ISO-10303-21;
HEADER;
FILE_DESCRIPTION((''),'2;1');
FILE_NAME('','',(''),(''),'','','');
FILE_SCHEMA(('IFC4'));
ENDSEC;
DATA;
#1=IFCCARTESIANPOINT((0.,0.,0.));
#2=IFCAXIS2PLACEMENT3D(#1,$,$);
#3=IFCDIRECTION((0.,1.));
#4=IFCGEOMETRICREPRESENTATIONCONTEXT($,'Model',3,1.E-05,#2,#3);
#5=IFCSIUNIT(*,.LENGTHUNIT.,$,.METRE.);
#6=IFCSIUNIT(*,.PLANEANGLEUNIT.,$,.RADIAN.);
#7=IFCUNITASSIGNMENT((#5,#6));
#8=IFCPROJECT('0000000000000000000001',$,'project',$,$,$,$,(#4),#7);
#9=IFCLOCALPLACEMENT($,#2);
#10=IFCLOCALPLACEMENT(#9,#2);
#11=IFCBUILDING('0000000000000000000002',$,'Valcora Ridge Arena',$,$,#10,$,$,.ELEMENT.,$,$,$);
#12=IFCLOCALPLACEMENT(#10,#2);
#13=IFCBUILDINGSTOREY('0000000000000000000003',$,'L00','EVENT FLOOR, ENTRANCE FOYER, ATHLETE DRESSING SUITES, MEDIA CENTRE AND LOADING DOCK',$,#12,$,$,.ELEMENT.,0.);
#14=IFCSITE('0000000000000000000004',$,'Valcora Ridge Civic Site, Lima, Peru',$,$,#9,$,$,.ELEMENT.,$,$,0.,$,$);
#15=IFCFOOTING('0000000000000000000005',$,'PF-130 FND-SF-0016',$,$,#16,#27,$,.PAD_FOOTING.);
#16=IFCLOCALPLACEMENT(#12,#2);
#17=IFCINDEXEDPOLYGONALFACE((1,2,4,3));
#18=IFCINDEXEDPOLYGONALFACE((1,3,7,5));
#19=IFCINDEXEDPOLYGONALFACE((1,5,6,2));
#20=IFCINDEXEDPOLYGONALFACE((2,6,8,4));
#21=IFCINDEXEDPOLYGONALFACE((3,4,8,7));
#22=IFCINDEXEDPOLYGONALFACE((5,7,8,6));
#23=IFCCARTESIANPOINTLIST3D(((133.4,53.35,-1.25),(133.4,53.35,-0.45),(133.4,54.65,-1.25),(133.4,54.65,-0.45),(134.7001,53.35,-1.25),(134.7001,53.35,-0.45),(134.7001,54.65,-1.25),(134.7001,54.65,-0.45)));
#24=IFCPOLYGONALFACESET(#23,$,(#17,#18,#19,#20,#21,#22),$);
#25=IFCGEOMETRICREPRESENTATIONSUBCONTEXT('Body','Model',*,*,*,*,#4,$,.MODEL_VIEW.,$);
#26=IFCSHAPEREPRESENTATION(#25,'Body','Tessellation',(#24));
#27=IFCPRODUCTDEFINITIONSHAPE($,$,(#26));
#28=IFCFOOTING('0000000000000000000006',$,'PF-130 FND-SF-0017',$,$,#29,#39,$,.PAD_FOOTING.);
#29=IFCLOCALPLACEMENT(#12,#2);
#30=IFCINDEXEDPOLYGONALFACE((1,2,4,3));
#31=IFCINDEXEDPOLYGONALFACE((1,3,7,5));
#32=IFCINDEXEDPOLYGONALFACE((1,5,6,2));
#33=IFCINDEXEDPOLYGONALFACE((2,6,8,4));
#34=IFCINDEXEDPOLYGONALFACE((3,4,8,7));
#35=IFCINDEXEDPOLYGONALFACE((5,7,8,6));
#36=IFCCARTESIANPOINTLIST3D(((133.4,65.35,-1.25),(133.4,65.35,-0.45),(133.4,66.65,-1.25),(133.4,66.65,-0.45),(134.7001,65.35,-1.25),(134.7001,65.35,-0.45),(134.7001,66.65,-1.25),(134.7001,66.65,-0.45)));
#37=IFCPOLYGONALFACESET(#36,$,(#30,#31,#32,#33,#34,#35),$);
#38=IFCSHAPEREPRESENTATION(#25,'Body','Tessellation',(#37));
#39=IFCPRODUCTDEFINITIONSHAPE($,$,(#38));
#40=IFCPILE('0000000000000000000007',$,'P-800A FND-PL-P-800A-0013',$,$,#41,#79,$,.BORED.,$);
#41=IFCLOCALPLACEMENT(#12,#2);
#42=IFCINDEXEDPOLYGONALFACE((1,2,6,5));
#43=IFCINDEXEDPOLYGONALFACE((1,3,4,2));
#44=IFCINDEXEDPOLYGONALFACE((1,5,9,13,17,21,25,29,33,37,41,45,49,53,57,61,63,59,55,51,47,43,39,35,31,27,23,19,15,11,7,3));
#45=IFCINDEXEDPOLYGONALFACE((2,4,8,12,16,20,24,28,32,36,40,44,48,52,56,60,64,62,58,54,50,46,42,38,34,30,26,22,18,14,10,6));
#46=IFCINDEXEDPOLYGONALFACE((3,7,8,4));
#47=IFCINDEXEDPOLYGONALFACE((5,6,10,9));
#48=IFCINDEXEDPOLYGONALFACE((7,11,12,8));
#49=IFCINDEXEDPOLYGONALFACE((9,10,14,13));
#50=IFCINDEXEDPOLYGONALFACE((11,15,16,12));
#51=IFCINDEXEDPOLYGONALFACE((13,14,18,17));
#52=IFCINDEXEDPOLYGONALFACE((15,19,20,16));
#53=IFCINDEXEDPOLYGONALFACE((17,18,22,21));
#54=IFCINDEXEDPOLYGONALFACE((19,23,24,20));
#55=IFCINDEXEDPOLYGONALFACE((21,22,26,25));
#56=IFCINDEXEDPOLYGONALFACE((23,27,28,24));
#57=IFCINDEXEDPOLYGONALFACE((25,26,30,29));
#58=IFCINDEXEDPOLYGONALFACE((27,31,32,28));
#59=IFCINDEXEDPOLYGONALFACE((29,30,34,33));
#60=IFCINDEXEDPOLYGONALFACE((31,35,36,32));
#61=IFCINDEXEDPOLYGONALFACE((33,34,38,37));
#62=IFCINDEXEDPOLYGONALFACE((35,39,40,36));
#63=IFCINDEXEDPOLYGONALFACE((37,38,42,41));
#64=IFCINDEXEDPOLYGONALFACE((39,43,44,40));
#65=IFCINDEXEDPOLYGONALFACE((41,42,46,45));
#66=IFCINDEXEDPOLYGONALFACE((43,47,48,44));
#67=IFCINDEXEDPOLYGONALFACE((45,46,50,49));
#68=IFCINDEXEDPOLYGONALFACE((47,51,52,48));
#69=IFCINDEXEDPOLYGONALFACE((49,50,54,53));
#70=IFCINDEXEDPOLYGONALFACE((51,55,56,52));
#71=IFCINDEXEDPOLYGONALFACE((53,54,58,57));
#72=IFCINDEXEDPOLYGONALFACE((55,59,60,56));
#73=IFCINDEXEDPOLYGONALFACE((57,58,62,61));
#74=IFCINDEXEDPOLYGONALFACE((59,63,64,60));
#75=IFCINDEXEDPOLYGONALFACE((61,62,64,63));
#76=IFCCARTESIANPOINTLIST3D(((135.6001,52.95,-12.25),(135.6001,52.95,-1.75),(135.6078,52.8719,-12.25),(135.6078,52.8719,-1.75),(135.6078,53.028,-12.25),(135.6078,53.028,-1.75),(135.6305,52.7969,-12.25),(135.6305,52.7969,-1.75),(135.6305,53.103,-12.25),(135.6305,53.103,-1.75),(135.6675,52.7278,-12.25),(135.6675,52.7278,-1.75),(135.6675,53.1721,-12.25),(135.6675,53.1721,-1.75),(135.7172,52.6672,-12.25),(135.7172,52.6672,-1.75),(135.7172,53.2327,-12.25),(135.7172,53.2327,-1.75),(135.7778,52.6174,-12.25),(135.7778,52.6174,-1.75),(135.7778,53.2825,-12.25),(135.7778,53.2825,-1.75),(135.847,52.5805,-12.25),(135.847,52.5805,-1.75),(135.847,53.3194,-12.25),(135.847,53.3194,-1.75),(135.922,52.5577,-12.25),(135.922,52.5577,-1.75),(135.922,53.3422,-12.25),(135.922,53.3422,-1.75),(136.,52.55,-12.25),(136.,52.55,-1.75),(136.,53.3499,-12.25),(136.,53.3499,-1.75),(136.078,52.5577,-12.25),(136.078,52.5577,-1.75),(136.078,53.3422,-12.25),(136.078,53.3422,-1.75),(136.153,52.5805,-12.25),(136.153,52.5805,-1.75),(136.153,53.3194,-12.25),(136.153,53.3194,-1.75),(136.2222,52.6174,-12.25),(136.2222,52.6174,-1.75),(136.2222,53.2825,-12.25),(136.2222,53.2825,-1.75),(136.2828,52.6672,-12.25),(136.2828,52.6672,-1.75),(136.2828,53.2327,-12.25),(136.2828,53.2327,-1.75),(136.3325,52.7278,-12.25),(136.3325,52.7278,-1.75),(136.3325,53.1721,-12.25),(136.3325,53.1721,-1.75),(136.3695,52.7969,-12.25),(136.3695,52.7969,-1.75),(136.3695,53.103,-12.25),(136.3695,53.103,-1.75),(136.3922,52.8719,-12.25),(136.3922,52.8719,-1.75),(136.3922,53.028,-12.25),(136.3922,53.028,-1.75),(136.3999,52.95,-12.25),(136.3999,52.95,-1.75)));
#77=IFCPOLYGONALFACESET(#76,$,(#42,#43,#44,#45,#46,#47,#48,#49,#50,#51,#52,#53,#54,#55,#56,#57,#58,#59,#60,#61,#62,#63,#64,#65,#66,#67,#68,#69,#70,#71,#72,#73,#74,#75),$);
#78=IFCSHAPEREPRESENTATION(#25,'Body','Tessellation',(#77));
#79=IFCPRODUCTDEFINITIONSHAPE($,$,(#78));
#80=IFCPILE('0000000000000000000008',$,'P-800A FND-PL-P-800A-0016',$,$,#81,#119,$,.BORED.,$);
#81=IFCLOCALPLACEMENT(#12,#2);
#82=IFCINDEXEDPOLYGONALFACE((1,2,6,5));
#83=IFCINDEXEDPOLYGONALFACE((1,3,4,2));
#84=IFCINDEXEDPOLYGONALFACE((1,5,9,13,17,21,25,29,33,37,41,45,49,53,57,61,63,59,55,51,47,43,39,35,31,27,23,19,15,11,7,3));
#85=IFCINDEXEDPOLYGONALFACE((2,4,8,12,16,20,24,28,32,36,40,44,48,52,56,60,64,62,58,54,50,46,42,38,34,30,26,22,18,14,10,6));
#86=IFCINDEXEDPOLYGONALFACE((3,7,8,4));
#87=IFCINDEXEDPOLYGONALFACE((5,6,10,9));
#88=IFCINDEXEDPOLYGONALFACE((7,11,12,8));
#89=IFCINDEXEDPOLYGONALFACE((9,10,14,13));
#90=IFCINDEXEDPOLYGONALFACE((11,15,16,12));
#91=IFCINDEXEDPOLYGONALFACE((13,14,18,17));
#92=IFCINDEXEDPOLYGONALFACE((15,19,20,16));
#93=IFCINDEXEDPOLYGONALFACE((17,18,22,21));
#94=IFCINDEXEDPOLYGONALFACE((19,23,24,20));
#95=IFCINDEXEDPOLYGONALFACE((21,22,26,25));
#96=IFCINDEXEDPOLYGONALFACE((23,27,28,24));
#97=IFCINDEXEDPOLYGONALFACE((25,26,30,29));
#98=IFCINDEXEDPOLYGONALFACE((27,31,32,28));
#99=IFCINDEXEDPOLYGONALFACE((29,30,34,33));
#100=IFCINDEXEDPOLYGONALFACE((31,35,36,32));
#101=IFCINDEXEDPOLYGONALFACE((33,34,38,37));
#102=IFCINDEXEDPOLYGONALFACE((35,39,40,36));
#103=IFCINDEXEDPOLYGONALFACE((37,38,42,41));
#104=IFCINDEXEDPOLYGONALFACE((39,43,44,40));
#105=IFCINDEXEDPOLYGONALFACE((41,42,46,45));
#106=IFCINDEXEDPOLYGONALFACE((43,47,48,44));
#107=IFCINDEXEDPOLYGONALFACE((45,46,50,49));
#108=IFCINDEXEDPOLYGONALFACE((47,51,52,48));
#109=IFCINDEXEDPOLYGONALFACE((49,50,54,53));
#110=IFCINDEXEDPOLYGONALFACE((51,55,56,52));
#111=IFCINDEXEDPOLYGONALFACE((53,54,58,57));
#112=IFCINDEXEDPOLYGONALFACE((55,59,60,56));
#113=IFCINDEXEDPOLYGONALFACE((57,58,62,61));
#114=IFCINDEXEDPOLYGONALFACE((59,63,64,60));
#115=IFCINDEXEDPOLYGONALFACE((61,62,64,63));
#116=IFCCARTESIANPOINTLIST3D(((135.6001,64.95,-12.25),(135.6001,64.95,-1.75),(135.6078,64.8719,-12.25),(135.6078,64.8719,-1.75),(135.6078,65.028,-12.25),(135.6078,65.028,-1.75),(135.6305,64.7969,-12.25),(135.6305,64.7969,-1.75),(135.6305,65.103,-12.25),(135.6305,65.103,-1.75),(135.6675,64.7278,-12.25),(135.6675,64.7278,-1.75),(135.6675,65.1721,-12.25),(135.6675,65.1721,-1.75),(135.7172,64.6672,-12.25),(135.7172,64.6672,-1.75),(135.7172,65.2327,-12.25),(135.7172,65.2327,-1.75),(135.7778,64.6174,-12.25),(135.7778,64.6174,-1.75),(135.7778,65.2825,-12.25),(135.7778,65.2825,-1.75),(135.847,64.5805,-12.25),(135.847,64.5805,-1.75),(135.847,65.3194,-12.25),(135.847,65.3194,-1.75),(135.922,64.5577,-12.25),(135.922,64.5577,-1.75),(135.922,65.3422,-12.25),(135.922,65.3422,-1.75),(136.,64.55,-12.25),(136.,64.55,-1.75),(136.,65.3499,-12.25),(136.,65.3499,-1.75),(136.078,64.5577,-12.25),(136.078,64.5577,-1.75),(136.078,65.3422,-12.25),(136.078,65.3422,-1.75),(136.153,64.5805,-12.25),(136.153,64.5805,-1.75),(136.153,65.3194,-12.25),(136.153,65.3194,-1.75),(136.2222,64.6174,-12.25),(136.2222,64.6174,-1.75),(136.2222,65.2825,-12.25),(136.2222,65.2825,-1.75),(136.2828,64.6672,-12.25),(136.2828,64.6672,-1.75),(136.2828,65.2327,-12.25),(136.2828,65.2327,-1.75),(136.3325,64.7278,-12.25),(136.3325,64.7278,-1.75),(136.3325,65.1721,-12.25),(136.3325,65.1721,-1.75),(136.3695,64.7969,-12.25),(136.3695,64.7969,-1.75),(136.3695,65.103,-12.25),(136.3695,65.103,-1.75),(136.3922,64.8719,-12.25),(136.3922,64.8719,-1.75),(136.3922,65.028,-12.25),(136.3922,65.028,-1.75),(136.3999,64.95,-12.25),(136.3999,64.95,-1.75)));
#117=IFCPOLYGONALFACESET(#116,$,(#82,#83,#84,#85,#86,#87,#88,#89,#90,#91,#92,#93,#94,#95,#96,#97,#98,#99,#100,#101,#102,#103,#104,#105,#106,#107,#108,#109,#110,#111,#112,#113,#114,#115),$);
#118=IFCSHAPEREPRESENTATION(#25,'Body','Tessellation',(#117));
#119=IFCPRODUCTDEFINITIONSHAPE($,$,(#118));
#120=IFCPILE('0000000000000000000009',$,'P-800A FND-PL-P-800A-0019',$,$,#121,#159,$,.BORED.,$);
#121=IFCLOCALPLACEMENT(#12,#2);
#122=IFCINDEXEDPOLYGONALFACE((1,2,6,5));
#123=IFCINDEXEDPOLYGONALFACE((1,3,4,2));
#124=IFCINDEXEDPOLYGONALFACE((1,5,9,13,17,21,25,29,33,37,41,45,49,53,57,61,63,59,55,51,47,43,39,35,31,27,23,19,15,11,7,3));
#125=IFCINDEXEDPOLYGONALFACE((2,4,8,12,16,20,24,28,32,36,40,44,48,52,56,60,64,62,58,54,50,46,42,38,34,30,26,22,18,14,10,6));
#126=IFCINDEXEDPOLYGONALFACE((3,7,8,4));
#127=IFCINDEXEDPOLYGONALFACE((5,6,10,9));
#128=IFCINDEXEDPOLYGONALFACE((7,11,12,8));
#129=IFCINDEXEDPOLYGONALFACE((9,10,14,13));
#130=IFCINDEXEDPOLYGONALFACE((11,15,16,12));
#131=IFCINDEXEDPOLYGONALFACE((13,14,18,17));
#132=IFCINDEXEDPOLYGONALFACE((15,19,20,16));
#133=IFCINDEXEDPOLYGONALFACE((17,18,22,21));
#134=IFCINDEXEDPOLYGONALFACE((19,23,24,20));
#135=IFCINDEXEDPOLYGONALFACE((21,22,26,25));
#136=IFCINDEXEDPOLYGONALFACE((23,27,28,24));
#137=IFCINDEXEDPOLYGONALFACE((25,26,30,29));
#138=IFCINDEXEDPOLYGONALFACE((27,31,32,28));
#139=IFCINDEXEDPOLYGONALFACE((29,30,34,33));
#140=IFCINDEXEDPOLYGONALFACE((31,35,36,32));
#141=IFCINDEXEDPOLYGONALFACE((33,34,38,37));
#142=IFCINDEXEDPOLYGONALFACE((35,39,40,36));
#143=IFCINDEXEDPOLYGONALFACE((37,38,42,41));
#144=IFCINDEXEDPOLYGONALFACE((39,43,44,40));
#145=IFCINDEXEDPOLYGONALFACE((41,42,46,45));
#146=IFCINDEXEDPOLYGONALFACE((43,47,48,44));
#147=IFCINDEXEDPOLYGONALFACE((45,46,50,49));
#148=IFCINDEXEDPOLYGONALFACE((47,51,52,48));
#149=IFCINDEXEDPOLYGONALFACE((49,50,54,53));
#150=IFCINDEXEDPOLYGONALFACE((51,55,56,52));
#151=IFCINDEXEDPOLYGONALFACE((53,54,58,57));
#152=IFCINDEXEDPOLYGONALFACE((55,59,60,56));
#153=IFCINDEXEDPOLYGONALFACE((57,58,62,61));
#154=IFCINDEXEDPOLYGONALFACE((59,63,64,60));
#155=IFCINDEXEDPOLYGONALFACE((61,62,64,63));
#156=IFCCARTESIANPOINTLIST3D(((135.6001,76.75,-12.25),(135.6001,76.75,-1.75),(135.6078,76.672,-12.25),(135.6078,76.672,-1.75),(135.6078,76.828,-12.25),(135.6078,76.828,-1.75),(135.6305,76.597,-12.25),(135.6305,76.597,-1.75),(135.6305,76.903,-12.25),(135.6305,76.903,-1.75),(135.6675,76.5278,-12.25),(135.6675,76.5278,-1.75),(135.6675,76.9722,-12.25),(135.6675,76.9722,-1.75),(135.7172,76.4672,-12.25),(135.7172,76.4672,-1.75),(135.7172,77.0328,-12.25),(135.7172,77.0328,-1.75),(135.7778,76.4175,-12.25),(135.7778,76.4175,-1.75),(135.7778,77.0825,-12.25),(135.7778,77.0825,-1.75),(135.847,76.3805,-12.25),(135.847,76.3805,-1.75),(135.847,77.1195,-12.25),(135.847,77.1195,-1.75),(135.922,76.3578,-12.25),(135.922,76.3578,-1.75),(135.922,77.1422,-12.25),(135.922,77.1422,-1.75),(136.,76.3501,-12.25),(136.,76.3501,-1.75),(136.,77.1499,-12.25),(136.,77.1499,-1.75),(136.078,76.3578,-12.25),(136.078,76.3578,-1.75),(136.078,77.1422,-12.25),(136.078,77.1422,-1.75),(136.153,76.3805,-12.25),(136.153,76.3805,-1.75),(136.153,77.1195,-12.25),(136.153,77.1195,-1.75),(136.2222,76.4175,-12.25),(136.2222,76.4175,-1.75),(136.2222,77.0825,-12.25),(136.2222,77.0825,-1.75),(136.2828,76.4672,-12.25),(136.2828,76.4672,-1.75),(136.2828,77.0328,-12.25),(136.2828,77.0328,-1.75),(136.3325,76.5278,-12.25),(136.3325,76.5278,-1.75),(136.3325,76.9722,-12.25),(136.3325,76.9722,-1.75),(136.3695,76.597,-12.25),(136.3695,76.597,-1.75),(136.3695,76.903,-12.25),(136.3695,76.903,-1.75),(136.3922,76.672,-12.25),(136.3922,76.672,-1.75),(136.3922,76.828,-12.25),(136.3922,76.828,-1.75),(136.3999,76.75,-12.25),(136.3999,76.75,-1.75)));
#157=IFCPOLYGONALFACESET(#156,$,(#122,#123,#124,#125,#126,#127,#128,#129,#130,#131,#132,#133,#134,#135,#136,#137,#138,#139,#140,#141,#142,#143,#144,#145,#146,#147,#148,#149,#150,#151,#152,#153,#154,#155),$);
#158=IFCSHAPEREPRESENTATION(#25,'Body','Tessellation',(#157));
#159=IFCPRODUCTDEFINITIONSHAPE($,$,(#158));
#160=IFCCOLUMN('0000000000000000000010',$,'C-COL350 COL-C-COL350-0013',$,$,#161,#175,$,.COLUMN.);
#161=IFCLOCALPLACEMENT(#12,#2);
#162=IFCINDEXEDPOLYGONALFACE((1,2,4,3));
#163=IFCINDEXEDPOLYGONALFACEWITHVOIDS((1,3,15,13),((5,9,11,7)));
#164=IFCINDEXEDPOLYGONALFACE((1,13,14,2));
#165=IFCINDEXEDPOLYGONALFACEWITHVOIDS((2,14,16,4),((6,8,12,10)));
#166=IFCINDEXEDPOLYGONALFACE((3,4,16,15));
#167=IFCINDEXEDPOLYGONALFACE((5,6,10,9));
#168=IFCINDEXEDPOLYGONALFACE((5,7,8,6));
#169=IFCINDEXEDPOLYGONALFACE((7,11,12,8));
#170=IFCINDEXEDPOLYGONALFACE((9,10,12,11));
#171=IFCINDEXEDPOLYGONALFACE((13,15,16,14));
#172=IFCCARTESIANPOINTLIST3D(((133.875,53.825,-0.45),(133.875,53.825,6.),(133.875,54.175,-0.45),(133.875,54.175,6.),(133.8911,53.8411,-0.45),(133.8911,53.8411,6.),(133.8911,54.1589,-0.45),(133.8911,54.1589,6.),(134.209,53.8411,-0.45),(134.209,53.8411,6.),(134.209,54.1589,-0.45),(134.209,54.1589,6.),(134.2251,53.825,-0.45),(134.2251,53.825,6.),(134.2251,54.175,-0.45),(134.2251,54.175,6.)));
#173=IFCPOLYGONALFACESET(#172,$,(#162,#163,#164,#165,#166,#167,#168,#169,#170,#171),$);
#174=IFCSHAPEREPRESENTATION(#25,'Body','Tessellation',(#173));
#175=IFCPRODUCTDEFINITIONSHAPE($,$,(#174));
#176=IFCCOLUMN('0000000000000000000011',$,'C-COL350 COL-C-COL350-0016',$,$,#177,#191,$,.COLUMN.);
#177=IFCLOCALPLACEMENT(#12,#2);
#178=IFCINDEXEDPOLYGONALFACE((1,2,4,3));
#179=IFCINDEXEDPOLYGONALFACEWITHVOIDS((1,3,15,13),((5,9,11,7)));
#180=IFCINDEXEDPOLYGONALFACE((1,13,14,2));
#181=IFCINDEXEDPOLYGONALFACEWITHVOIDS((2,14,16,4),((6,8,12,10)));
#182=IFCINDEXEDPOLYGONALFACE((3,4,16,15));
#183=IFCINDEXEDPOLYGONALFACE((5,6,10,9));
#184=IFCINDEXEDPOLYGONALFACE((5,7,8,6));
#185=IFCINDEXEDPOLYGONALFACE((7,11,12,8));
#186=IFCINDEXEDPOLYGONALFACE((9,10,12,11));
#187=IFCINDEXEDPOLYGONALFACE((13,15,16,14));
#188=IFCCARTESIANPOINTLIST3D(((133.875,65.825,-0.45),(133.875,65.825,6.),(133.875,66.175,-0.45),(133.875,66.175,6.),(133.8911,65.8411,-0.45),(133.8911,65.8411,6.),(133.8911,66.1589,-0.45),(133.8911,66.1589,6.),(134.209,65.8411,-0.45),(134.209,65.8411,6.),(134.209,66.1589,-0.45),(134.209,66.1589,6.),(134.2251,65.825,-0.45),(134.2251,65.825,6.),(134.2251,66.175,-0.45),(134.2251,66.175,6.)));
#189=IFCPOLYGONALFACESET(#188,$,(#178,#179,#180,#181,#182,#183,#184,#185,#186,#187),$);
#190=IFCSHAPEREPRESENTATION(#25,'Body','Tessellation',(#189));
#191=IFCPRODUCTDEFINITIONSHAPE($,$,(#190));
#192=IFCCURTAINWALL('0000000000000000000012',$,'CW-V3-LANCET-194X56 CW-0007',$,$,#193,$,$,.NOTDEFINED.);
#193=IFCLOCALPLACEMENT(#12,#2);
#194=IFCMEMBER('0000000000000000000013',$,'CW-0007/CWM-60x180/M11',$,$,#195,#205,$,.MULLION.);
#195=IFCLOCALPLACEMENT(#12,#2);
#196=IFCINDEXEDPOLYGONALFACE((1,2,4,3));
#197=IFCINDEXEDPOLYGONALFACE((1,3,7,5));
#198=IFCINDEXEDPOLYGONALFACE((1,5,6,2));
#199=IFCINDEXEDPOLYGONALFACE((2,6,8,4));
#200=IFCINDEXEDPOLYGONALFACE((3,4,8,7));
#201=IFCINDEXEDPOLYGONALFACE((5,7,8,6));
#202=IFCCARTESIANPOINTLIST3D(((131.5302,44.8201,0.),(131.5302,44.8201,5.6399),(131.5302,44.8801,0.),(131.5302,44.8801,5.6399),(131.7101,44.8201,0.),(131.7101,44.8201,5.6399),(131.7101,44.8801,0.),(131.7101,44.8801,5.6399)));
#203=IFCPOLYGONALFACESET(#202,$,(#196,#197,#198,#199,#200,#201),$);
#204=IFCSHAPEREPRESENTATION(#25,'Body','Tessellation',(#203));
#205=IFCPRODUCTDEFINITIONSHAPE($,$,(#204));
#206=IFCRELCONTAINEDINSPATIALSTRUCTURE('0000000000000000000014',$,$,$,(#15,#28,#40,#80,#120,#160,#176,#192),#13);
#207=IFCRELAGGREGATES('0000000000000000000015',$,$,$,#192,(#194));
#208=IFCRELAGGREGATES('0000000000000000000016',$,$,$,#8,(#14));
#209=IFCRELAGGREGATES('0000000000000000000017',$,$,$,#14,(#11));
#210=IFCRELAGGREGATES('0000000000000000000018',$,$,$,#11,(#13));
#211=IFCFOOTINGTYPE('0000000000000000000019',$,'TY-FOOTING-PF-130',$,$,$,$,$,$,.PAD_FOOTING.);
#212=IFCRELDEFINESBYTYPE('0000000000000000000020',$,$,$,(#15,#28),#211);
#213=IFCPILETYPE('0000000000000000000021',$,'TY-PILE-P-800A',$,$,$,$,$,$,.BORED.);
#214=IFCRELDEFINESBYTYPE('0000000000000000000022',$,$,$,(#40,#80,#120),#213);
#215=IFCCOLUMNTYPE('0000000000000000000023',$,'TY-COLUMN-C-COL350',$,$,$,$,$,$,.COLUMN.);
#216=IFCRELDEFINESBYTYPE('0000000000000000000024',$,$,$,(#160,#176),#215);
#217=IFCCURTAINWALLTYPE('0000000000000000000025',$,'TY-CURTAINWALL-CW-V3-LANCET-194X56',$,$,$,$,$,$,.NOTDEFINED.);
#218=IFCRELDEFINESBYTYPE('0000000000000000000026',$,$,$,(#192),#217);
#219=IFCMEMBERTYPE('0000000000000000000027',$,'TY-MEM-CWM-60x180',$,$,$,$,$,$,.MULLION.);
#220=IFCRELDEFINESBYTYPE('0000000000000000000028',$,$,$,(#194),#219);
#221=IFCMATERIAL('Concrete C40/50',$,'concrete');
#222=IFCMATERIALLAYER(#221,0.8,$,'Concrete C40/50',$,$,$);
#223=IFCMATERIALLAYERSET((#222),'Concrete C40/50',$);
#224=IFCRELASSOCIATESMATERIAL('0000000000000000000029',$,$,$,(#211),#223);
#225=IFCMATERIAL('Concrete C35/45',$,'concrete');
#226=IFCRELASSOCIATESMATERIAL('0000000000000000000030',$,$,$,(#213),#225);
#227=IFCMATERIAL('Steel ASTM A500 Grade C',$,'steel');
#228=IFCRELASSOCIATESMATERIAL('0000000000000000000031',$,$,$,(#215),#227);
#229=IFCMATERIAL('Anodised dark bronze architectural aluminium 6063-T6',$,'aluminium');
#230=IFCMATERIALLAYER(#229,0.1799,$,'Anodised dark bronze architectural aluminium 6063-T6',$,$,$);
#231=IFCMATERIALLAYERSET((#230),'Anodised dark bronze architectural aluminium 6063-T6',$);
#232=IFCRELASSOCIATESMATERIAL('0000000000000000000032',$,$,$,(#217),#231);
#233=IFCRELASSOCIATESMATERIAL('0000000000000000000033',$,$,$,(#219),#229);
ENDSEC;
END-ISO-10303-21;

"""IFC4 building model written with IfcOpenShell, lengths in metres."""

from ifc_helpers import new_model, si_unit, direction, frame, origin, origin_2d, place, context, subcontext, project, spatial, rectangle, hollow_rectangle, circle, extrude, material, layer, layer_set, material_profile, profile_set, type_object, element, aggregate, save


model = new_model("IFC4")

# Units and contexts
model_context = context("Model", 3, precision=1e-05, world=origin(), true_north=direction((0.0, 1.0)))
body_context = subcontext(model_context, "Body", "Model", "MODEL_VIEW")
ifc_project = project(units=[si_unit("LENGTHUNIT", "METRE"), si_unit("PLANEANGLEUNIT", "RADIAN")], contexts=[model_context])

# Site, building, storey
site_placement = place(None, origin())
site = spatial("IfcSite", under=ifc_project, at=site_placement, Name="Valcora Ridge Civic Site, Lima, Peru", CompositionType="ELEMENT", RefElevation=0.0)
building_placement = place(site_placement, origin())
building = spatial("IfcBuilding", under=site, at=building_placement, Name="Valcora Ridge Arena", CompositionType="ELEMENT")
storey_placement = place(building_placement, origin())
storey = spatial("IfcBuildingStorey", under=building, at=storey_placement, Name="L00", Description="EVENT FLOOR, ENTRANCE FOYER, ATHLETE DRESSING SUITES, MEDIA CENTRE AND LOADING DOCK", CompositionType="ELEMENT", Elevation=0.0)

# Footings
ifc_material_1 = material(Name="Concrete C40/50", Category="concrete")
ifc_layer_1 = layer(ifc_material_1, 0.8, Name="Concrete C40/50")
ifc_layer_set_1 = layer_set([ifc_layer_1], Name="Concrete C40/50")
footing_type = type_object("IfcFootingType", Name="TY-FOOTING-PF-130", PredefinedType="PAD_FOOTING", material=ifc_layer_set_1)
for number, where, z_axis, x_axis, name in (
    (1, (134.05, 54.0, -1.25), (0.0, 0.0, 1.0), (1.0, 0.0, 0.0), "PF-130 FND-SF-0016"),
    (2, (134.05, 66.0, -1.25), (0.0, 0.0, 1.0), (1.0, 0.0, 0.0), "PF-130 FND-SF-0017"),
):
    element("IfcFooting", number, at=place(storey_placement, frame(where, z_axis=z_axis, x_axis=x_axis)), inside=storey, type_object=footing_type, Name=name, PredefinedType="PAD_FOOTING", context=body_context, shape_type="SweptSolid", body=[
        extrude(rectangle(XDim=1.3, YDim=1.3, at=origin_2d()), origin(), (0.0, 0.0, 1.0), 0.8),
    ])

# Piles
ifc_material_2 = material(Name="Concrete C35/45", Category="concrete")
ifc_material_profile_1 = material_profile(ifc_material_2, circle(Radius=0.3999, at=origin_2d()), Name="BORED PILE D800")
ifc_profile_set_1 = profile_set([ifc_material_profile_1], Name="Concrete C35/45")
pile_type = type_object("IfcPileType", Name="TY-PILE-P-800A", PredefinedType="BORED", material=ifc_profile_set_1)
for number, where, z_axis, x_axis, name in (
    (3, (136.0, 52.95, -1.75), (0.0, 0.0, -1.0), (1.0, 0.0, 0.0), "P-800A FND-PL-P-800A-0013"),
    (4, (136.0, 64.95, -1.75), (0.0, 0.0, -1.0), (1.0, 0.0, 0.0), "P-800A FND-PL-P-800A-0016"),
    (5, (136.0, 76.75, -1.75), (0.0, 0.0, -1.0), (1.0, 0.0, 0.0), "P-800A FND-PL-P-800A-0019"),
):
    element("IfcPile", number, at=place(storey_placement, frame(where, z_axis=z_axis, x_axis=x_axis)), inside=storey, type_object=pile_type, Name=name, PredefinedType="BORED", context=body_context, shape_type="SweptSolid", body=[
        extrude(circle(Radius=0.3999, at=origin_2d()), origin(), (0.0, 0.0, 1.0), 10.5),
    ])

# Columns
ifc_material_3 = material(Name="Steel ASTM A500 Grade C", Category="steel")
ifc_material_profile_2 = material_profile(ifc_material_3, hollow_rectangle(XDim=0.3501, YDim=0.3501, WallThickness=0.0161, at=origin_2d()), Name="HSS350X350X16")
ifc_profile_set_2 = profile_set([ifc_material_profile_2], Name="Steel ASTM A500 Grade C")
column_type = type_object("IfcColumnType", Name="TY-COLUMN-C-COL350", PredefinedType="COLUMN", material=ifc_profile_set_2)
for number, where, z_axis, x_axis, name in (
    (6, (134.05, 54.0, -0.45), (0.0, 0.0, 1.0), (1.0, 0.0, 0.0), "C-COL350 COL-C-COL350-0013"),
    (7, (134.05, 66.0, -0.45), (0.0, 0.0, 1.0), (1.0, 0.0, 0.0), "C-COL350 COL-C-COL350-0016"),
):
    element("IfcColumn", number, at=place(storey_placement, frame(where, z_axis=z_axis, x_axis=x_axis)), inside=storey, type_object=column_type, Name=name, PredefinedType="COLUMN", context=body_context, shape_type="SweptSolid", body=[
        extrude(hollow_rectangle(XDim=0.3501, YDim=0.3501, WallThickness=0.0161, at=origin_2d()), origin(), (0.0, 0.0, 1.0), 6.45),
    ])

# Curtain wall, member
ifc_material_4 = material(Name="Anodised dark bronze architectural aluminium 6063-T6", Category="aluminium")
ifc_layer_2 = layer(ifc_material_4, 0.1799, Name="Anodised dark bronze architectural aluminium 6063-T6")
ifc_layer_set_2 = layer_set([ifc_layer_2], Name="Anodised dark bronze architectural aluminium 6063-T6")
curtain_wall_type_1 = type_object("IfcCurtainWallType", Name="TY-CURTAINWALL-CW-V3-LANCET-194X56", PredefinedType="NOTDEFINED", material=ifc_layer_set_2)
curtain_wall_1_placement = place(storey_placement, origin())
curtain_wall_1 = element("IfcCurtainWall", 8, at=curtain_wall_1_placement, inside=storey, type_object=curtain_wall_type_1, Name="CW-V3-LANCET-194X56 CW-0007", PredefinedType="NOTDEFINED")
ifc_material_profile_3 = material_profile(ifc_material_4, rectangle(XDim=0.0601, YDim=0.1799, at=origin_2d()), Name="ALU MULLION 60x180")
ifc_profile_set_3 = profile_set([ifc_material_profile_3], Name="Anodised dark bronze architectural aluminium 6063-T6")
member_type_1 = type_object("IfcMemberType", Name="TY-MEM-CWM-60x180", PredefinedType="MULLION", material=ifc_profile_set_3)
member_1_placement = place(storey_placement, frame((131.6201, 44.8501, 0.0), z_axis=(0.0, 0.0, 1.0), x_axis=(0.0, 1.0, 0.0)))
member_1 = element("IfcMember", 9, at=member_1_placement, type_object=member_type_1, Name="CW-0007/CWM-60x180/M11", PredefinedType="MULLION", context=body_context, shape_type="SweptSolid", body=[
    extrude(rectangle(XDim=0.0601, YDim=0.1799, at=origin_2d()), origin(), (0.0, 0.0, 1.0), 5.6399),
])

aggregate(curtain_wall_1, [member_1])

save(model, "model.ifc")
